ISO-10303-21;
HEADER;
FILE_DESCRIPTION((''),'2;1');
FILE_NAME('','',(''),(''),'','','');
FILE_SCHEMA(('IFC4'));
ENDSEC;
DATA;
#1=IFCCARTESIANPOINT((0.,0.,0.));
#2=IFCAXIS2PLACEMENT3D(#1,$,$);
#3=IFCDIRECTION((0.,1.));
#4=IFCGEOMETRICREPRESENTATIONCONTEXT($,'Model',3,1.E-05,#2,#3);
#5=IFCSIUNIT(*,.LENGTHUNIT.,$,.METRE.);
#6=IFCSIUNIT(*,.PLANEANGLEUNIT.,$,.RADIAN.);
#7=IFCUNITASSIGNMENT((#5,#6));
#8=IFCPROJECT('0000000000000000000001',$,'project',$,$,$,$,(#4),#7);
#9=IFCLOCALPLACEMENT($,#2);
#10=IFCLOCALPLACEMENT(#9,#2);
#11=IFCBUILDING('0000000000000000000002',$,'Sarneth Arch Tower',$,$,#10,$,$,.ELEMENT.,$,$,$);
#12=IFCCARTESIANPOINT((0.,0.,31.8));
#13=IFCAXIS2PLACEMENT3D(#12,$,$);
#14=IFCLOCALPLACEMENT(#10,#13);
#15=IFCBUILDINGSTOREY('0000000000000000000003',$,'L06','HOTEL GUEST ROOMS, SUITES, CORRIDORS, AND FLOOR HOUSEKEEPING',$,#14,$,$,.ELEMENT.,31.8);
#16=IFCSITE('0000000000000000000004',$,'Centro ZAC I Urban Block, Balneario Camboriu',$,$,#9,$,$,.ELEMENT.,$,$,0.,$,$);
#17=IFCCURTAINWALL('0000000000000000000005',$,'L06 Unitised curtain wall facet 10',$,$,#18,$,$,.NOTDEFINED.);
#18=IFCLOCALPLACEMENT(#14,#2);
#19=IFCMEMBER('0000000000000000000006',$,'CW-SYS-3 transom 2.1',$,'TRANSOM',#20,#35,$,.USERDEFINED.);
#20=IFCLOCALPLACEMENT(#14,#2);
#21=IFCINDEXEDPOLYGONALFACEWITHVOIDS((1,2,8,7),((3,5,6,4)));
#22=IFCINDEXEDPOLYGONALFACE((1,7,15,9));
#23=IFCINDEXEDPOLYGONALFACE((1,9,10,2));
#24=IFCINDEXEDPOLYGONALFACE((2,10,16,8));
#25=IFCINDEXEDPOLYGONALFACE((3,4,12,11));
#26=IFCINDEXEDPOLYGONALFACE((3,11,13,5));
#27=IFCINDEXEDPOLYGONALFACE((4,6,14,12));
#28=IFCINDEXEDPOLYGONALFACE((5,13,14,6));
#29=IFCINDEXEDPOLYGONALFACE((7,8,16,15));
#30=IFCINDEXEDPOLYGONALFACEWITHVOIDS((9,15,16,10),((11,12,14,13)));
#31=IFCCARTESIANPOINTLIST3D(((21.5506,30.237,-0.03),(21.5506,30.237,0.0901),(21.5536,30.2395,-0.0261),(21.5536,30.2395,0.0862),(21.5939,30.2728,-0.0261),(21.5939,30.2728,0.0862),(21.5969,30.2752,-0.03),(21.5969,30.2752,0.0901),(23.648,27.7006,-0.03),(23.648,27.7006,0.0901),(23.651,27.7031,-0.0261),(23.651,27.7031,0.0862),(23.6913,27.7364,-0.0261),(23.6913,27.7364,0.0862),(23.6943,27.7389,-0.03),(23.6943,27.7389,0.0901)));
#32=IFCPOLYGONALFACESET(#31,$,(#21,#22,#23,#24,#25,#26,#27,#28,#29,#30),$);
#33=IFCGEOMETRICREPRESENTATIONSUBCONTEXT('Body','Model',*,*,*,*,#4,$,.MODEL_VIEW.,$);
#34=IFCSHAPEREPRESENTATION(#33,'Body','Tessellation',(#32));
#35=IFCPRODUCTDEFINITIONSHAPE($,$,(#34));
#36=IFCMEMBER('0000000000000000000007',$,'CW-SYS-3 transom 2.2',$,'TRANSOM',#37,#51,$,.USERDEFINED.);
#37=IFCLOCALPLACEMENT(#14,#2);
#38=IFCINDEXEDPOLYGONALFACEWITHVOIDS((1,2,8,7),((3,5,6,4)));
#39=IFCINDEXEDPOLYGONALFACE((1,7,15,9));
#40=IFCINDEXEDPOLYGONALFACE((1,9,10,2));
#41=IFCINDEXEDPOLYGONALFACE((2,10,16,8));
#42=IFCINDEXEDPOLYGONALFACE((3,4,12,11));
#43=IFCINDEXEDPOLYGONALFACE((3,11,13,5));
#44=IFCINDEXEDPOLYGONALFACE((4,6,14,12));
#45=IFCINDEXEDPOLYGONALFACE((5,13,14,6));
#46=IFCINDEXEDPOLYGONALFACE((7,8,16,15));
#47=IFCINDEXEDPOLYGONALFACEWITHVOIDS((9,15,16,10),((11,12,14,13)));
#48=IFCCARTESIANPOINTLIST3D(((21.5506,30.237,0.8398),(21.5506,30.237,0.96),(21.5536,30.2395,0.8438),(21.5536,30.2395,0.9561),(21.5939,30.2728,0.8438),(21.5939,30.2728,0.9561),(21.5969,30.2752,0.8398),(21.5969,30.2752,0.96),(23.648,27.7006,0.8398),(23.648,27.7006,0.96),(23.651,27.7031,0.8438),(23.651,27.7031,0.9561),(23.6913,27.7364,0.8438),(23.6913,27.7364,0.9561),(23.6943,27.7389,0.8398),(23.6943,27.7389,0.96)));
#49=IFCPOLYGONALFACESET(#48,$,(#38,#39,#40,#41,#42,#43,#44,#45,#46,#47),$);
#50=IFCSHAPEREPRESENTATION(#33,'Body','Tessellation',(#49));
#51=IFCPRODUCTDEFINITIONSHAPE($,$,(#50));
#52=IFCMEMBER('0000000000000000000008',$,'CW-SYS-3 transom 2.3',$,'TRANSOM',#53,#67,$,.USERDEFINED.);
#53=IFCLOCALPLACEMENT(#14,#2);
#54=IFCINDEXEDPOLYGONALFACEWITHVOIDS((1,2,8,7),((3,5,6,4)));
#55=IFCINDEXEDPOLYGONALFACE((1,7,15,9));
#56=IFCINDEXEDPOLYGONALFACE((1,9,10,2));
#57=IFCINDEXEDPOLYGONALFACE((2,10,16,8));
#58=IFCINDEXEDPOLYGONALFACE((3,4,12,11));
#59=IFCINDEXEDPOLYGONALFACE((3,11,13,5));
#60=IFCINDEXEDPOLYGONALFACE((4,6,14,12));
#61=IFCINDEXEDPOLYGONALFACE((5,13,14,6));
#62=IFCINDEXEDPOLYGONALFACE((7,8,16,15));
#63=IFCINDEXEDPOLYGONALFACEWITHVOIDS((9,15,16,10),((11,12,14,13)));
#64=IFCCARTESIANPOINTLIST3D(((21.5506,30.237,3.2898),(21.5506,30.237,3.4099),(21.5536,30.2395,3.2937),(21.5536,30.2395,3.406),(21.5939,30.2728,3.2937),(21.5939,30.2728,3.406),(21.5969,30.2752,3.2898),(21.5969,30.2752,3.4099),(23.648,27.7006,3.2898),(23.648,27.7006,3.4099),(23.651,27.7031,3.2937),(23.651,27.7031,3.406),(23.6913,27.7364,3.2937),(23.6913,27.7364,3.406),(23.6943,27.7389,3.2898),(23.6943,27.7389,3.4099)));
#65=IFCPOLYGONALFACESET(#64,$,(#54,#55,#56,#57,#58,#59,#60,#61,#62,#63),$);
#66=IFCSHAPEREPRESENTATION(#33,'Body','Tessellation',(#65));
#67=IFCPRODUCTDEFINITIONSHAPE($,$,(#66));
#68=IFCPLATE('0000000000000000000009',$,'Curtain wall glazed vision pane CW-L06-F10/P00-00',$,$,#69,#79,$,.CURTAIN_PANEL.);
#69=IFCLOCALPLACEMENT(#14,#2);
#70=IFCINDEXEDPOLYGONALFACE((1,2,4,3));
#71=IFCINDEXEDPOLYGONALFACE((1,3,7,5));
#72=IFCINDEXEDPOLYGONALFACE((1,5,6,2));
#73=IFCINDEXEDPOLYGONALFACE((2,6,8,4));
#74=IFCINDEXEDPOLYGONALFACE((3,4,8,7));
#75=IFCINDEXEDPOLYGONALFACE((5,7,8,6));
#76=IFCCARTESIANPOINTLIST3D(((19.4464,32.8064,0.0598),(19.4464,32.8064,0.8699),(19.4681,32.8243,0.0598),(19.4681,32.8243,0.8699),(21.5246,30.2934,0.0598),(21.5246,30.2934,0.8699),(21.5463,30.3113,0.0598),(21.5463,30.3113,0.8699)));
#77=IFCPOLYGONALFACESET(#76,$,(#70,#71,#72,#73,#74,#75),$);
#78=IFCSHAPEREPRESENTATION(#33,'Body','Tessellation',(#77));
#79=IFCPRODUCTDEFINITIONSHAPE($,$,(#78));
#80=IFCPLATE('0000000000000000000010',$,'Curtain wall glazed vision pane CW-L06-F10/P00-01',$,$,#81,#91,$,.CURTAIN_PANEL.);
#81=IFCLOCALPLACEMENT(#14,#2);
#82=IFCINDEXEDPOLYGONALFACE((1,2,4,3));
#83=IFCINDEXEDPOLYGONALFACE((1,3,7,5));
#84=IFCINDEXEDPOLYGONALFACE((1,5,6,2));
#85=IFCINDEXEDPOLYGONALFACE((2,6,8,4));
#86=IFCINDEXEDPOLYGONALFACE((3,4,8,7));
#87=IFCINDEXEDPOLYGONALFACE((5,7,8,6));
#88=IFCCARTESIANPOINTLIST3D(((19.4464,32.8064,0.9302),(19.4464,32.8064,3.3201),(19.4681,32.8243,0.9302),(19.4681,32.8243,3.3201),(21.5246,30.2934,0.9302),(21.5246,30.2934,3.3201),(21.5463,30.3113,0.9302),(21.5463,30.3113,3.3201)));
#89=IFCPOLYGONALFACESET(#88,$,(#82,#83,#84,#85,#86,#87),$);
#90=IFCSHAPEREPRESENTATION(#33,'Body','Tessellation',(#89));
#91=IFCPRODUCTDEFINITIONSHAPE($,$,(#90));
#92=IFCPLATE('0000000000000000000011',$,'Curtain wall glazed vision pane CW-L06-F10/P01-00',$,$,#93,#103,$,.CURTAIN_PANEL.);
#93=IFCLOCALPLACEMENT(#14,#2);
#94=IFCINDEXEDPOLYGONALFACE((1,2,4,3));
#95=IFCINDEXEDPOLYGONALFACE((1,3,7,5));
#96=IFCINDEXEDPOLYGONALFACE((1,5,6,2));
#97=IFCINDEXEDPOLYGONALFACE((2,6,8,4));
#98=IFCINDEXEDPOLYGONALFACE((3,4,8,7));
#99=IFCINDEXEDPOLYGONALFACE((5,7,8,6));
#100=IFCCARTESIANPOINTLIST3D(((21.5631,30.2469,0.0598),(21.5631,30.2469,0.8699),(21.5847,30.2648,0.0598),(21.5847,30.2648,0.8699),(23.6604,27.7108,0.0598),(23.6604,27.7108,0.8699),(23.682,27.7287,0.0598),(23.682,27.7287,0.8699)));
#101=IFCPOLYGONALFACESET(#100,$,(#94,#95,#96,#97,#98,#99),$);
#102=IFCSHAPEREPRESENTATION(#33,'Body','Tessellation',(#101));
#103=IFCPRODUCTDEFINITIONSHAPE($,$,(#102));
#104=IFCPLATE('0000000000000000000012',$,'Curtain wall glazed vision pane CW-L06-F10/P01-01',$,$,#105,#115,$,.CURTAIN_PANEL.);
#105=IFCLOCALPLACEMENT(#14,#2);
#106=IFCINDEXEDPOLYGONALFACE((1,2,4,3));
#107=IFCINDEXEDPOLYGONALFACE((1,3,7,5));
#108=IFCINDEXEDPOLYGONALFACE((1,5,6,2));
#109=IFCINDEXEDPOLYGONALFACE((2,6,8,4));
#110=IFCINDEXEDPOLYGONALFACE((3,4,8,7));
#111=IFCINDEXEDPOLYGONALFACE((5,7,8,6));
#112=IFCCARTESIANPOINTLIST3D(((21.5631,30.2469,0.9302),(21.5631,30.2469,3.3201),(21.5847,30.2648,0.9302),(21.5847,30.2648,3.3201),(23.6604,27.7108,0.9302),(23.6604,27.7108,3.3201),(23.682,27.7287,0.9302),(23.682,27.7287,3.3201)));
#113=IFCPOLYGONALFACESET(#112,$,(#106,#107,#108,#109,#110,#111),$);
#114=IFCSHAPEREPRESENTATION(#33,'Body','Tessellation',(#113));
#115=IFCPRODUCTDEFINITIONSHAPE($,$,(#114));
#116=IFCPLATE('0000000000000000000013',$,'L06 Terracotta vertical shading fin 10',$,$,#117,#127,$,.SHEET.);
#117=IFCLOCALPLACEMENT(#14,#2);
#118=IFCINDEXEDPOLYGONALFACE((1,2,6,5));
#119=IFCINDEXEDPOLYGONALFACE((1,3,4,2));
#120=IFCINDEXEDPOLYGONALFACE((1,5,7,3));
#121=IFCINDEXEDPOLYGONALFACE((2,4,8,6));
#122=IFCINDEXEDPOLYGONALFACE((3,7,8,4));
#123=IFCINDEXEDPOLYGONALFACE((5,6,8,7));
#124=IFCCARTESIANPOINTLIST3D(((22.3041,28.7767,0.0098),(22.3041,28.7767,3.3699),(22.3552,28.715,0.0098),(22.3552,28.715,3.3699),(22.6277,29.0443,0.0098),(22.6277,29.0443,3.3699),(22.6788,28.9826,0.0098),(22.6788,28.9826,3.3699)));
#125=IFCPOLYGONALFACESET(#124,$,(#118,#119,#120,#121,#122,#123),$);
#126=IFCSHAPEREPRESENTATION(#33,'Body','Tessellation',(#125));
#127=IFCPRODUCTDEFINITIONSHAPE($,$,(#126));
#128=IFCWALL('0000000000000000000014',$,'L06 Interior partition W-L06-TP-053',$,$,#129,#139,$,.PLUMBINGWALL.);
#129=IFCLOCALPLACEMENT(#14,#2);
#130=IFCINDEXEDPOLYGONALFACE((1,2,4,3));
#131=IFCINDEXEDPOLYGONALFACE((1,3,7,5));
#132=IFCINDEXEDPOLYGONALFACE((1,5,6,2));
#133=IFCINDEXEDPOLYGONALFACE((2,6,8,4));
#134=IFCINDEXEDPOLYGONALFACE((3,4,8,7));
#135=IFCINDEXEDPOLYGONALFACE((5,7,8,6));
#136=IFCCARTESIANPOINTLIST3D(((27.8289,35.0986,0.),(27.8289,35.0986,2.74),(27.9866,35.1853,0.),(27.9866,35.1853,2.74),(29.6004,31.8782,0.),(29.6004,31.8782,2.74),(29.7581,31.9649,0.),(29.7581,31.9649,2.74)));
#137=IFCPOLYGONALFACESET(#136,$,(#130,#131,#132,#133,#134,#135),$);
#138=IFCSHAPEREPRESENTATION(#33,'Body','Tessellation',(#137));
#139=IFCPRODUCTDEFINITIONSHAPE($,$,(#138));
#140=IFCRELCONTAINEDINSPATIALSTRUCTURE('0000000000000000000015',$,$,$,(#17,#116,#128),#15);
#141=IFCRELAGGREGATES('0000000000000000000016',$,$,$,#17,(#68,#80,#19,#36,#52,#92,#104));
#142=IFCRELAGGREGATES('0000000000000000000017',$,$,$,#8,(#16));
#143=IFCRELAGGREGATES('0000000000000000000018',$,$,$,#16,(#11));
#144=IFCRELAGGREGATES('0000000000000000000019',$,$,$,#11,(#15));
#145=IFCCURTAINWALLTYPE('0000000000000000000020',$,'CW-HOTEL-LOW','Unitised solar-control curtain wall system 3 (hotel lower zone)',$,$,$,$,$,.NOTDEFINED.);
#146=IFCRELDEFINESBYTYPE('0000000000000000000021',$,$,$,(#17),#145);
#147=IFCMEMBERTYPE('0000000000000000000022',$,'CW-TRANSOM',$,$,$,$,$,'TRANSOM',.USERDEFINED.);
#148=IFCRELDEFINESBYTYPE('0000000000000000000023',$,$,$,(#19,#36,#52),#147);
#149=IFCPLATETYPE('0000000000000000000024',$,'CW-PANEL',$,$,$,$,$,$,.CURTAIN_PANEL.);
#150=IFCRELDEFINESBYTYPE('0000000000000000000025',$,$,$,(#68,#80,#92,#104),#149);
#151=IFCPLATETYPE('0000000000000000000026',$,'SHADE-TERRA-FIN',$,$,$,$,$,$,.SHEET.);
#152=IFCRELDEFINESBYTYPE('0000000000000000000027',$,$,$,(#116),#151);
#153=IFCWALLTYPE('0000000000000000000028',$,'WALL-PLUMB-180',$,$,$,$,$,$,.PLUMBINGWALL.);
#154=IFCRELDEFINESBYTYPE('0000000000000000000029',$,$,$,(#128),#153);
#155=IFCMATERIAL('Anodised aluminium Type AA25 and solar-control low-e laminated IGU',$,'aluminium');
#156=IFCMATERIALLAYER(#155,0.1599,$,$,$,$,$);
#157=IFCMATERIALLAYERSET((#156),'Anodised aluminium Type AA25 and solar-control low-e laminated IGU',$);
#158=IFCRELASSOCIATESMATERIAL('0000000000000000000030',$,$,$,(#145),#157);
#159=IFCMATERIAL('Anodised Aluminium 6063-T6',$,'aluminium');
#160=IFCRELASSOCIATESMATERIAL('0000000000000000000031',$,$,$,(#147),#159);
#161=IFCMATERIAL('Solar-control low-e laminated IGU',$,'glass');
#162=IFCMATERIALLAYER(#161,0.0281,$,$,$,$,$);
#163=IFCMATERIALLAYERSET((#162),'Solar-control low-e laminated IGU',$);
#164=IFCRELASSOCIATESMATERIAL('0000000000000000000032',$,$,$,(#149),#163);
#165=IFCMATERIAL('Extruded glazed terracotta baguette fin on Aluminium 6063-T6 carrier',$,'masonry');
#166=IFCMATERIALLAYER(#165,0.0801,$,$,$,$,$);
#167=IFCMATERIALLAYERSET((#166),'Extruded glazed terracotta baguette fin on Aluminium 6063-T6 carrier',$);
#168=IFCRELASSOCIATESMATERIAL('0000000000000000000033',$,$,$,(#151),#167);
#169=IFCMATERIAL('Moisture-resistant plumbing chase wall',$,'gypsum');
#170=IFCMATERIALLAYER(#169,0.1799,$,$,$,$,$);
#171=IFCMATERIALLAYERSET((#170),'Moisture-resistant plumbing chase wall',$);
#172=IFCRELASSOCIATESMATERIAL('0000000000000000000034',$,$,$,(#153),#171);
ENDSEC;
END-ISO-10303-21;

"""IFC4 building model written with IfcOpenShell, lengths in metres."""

from ifc_helpers import new_model, si_unit, direction, frame, frame_2d, origin, origin_2d, place, context, subcontext, project, spatial, rectangle, hollow_rectangle, extrude, material, layer, layer_set, material_profile, profile_set, type_object, element, aggregate, save


model = new_model("IFC4")

# Units and contexts
model_context = context("Model", 3, precision=1e-05, world=origin(), true_north=direction((0.0, 1.0)))
body_context = subcontext(model_context, "Body", "Model", "MODEL_VIEW")
ifc_project = project(units=[si_unit("LENGTHUNIT", "METRE"), si_unit("PLANEANGLEUNIT", "RADIAN")], contexts=[model_context])

# Site, building, storey
site_placement = place(None, origin())
site = spatial("IfcSite", under=ifc_project, at=site_placement, Name="Centro ZAC I Urban Block, Balneario Camboriu", CompositionType="ELEMENT", RefElevation=0.0)
building_placement = place(site_placement, origin())
building = spatial("IfcBuilding", under=site, at=building_placement, Name="Sarneth Arch Tower", CompositionType="ELEMENT")
storey_placement = place(building_placement, frame((0.0, 0.0, 31.8)))
storey = spatial("IfcBuildingStorey", under=building, at=storey_placement, Name="L06", Description="HOTEL GUEST ROOMS, SUITES, CORRIDORS, AND FLOOR HOUSEKEEPING", CompositionType="ELEMENT", Elevation=31.8)

# Curtain wall, members, plates
ifc_material_1 = material(Name="Anodised aluminium Type AA25 and solar-control low-e laminated IGU", Category="aluminium")
ifc_layer_1 = layer(ifc_material_1, 0.1599)
ifc_layer_set_1 = layer_set([ifc_layer_1], Name="Anodised aluminium Type AA25 and solar-control low-e laminated IGU")
curtain_wall_type = type_object("IfcCurtainWallType", Name="CW-HOTEL-LOW", Description="Unitised solar-control curtain wall system 3 (hotel lower zone)", PredefinedType="NOTDEFINED", material=ifc_layer_set_1)
curtain_wall_placement = place(storey_placement, origin())
curtain_wall = element("IfcCurtainWall", 1, at=curtain_wall_placement, inside=storey, type_object=curtain_wall_type, Name="L06 Unitised curtain wall facet 10", PredefinedType="NOTDEFINED")
ifc_material_2 = material(Name="Anodised Aluminium 6063-T6", Category="aluminium")
ifc_material_profile_1 = material_profile(ifc_material_2, hollow_rectangle(XDim=0.0601, YDim=0.1201, WallThickness=0.0039, at=origin_2d()), Name="AL-TRAN-120x60x4")
ifc_profile_set_1 = profile_set([ifc_material_profile_1], Name="Anodised Aluminium 6063-T6")
member_type_1 = type_object("IfcMemberType", Name="CW-TRANSOM", ElementType="TRANSOM", PredefinedType="USERDEFINED", material=ifc_profile_set_1)
member_1_placement = place(storey_placement, frame((21.5737, 30.2561, 0.03), z_axis=(0.637269, -0.770642, 0.0), x_axis=(0.770642, 0.637269, 0.0)))
member_1 = element("IfcMember", 2, at=member_1_placement, type_object=member_type_1, Name="CW-SYS-3 transom 2.1", ObjectType="TRANSOM", PredefinedType="USERDEFINED", context=body_context, shape_type="SweptSolid", body=[
    extrude(hollow_rectangle(XDim=0.0601, YDim=0.1201, WallThickness=0.0039, at=origin_2d()), origin(), (0.0, 0.0, 1.0), 3.2913),
])
member_2_placement = place(storey_placement, frame((21.5737, 30.2561, 0.8999), z_axis=(0.637269, -0.770642, 0.0), x_axis=(0.770642, 0.637269, 0.0)))
member_2 = element("IfcMember", 3, at=member_2_placement, type_object=member_type_1, Name="CW-SYS-3 transom 2.2", ObjectType="TRANSOM", PredefinedType="USERDEFINED", context=body_context, shape_type="SweptSolid", body=[
    extrude(hollow_rectangle(XDim=0.0601, YDim=0.1201, WallThickness=0.0039, at=origin_2d()), origin(), (0.0, 0.0, 1.0), 3.2913),
])
member_3_placement = place(storey_placement, frame((21.5737, 30.2561, 3.3499), z_axis=(0.637269, -0.770642, 0.0), x_axis=(0.770642, 0.637269, 0.0)))
member_3 = element("IfcMember", 4, at=member_3_placement, type_object=member_type_1, Name="CW-SYS-3 transom 2.3", ObjectType="TRANSOM", PredefinedType="USERDEFINED", context=body_context, shape_type="SweptSolid", body=[
    extrude(hollow_rectangle(XDim=0.0601, YDim=0.1201, WallThickness=0.0039, at=origin_2d()), origin(), (0.0, 0.0, 1.0), 3.2913),
])
ifc_material_3 = material(Name="Solar-control low-e laminated IGU", Category="glass")
ifc_layer_2 = layer(ifc_material_3, 0.0281)
ifc_layer_set_2 = layer_set([ifc_layer_2], Name="Solar-control low-e laminated IGU")
plate_type_1 = type_object("IfcPlateType", Name="CW-PANEL", PredefinedType="CURTAIN_PANEL", material=ifc_layer_set_2)
plate_1_placement = place(storey_placement, frame((20.4963, 31.5588, 0.0598), z_axis=(0.0, 0.0, 1.0), x_axis=(0.637291, -0.770623, 0.0)))
plate_1 = element("IfcPlate", 5, at=plate_1_placement, type_object=plate_type_1, Name="Curtain wall glazed vision pane CW-L06-F10/P00-00", PredefinedType="CURTAIN_PANEL", context=body_context, shape_type="SweptSolid", body=[
    extrude(rectangle(XDim=3.261, YDim=0.0281, at=origin_2d()), origin(), (0.0, 0.0, 1.0), 0.8101),
])
plate_2_placement = place(storey_placement, frame((20.4963, 31.5588, 0.9302), z_axis=(0.0, 0.0, 1.0), x_axis=(0.637291, -0.770623, 0.0)))
plate_2 = element("IfcPlate", 6, at=plate_2_placement, type_object=plate_type_1, Name="Curtain wall glazed vision pane CW-L06-F10/P00-01", PredefinedType="CURTAIN_PANEL", context=body_context, shape_type="SweptSolid", body=[
    extrude(rectangle(XDim=3.261, YDim=0.0281, at=origin_2d()), origin(), (0.0, 0.0, 1.0), 2.3899),
])
plate_3_placement = place(storey_placement, frame((22.6226, 28.9878, 0.0598), z_axis=(0.0, 0.0, 1.0), x_axis=(0.637291, -0.770623, 0.0)))
plate_3 = element("IfcPlate", 7, at=plate_3_placement, type_object=plate_type_1, Name="Curtain wall glazed vision pane CW-L06-F10/P01-00", PredefinedType="CURTAIN_PANEL", context=body_context, shape_type="SweptSolid", body=[
    extrude(rectangle(XDim=3.291, YDim=0.0281, at=origin_2d()), origin(), (0.0, 0.0, 1.0), 0.8101),
])
plate_4_placement = place(storey_placement, frame((22.6226, 28.9878, 0.9302), z_axis=(0.0, 0.0, 1.0), x_axis=(0.637291, -0.770623, 0.0)))
plate_4 = element("IfcPlate", 8, at=plate_4_placement, type_object=plate_type_1, Name="Curtain wall glazed vision pane CW-L06-F10/P01-01", PredefinedType="CURTAIN_PANEL", context=body_context, shape_type="SweptSolid", body=[
    extrude(rectangle(XDim=3.291, YDim=0.0281, at=origin_2d()), origin(), (0.0, 0.0, 1.0), 2.3899),
])
aggregate(curtain_wall, [plate_1, plate_2, member_1, member_2, member_3, plate_3, plate_4])

# Plate
ifc_material_4 = material(Name="Extruded glazed terracotta baguette fin on Aluminium 6063-T6 carrier", Category="masonry")
ifc_layer_3 = layer(ifc_material_4, 0.0801)
ifc_layer_set_3 = layer_set([ifc_layer_3], Name="Extruded glazed terracotta baguette fin on Aluminium 6063-T6 carrier")
plate_type_2 = type_object("IfcPlateType", Name="SHADE-TERRA-FIN", PredefinedType="SHEET", material=ifc_layer_set_3)
plate_5_placement = place(storey_placement, frame((22.4915, 28.8796, 0.0098), z_axis=(0.0, 0.0, 1.0), x_axis=(-0.770624, -0.63729, 0.0)))
element("IfcPlate", 9, at=plate_5_placement, inside=storey, type_object=plate_type_2, Name="L06 Terracotta vertical shading fin 10", PredefinedType="SHEET", context=body_context, shape_type="SweptSolid", body=[
    extrude(rectangle(XDim=0.4199, YDim=0.0801, at=origin_2d()), origin(), (0.0, 0.0, 1.0), 3.3601),
])

# Wall
ifc_material_5 = material(Name="Moisture-resistant plumbing chase wall", Category="gypsum")
ifc_layer_4 = layer(ifc_material_5, 0.1799)
ifc_layer_set_4 = layer_set([ifc_layer_4], Name="Moisture-resistant plumbing chase wall")
wall_type = type_object("IfcWallType", Name="WALL-PLUMB-180", PredefinedType="PLUMBINGWALL", material=ifc_layer_set_4)
wall_placement = place(storey_placement, frame((27.9077, 35.1421, 0.0), z_axis=(0.0, 0.0, 1.0), x_axis=(0.481967, -0.876189, 0.0)))
element("IfcWall", 10, at=wall_placement, inside=storey, type_object=wall_type, Name="L06 Interior partition W-L06-TP-053", PredefinedType="PLUMBINGWALL", context=body_context, shape_type="SweptSolid", body=[
    extrude(rectangle(XDim=3.6755, YDim=0.1799, at=frame_2d((1.8379, 0.0))), origin(), (0.0, 0.0, 1.0), 2.74),
])

save(model, "model.ifc")
